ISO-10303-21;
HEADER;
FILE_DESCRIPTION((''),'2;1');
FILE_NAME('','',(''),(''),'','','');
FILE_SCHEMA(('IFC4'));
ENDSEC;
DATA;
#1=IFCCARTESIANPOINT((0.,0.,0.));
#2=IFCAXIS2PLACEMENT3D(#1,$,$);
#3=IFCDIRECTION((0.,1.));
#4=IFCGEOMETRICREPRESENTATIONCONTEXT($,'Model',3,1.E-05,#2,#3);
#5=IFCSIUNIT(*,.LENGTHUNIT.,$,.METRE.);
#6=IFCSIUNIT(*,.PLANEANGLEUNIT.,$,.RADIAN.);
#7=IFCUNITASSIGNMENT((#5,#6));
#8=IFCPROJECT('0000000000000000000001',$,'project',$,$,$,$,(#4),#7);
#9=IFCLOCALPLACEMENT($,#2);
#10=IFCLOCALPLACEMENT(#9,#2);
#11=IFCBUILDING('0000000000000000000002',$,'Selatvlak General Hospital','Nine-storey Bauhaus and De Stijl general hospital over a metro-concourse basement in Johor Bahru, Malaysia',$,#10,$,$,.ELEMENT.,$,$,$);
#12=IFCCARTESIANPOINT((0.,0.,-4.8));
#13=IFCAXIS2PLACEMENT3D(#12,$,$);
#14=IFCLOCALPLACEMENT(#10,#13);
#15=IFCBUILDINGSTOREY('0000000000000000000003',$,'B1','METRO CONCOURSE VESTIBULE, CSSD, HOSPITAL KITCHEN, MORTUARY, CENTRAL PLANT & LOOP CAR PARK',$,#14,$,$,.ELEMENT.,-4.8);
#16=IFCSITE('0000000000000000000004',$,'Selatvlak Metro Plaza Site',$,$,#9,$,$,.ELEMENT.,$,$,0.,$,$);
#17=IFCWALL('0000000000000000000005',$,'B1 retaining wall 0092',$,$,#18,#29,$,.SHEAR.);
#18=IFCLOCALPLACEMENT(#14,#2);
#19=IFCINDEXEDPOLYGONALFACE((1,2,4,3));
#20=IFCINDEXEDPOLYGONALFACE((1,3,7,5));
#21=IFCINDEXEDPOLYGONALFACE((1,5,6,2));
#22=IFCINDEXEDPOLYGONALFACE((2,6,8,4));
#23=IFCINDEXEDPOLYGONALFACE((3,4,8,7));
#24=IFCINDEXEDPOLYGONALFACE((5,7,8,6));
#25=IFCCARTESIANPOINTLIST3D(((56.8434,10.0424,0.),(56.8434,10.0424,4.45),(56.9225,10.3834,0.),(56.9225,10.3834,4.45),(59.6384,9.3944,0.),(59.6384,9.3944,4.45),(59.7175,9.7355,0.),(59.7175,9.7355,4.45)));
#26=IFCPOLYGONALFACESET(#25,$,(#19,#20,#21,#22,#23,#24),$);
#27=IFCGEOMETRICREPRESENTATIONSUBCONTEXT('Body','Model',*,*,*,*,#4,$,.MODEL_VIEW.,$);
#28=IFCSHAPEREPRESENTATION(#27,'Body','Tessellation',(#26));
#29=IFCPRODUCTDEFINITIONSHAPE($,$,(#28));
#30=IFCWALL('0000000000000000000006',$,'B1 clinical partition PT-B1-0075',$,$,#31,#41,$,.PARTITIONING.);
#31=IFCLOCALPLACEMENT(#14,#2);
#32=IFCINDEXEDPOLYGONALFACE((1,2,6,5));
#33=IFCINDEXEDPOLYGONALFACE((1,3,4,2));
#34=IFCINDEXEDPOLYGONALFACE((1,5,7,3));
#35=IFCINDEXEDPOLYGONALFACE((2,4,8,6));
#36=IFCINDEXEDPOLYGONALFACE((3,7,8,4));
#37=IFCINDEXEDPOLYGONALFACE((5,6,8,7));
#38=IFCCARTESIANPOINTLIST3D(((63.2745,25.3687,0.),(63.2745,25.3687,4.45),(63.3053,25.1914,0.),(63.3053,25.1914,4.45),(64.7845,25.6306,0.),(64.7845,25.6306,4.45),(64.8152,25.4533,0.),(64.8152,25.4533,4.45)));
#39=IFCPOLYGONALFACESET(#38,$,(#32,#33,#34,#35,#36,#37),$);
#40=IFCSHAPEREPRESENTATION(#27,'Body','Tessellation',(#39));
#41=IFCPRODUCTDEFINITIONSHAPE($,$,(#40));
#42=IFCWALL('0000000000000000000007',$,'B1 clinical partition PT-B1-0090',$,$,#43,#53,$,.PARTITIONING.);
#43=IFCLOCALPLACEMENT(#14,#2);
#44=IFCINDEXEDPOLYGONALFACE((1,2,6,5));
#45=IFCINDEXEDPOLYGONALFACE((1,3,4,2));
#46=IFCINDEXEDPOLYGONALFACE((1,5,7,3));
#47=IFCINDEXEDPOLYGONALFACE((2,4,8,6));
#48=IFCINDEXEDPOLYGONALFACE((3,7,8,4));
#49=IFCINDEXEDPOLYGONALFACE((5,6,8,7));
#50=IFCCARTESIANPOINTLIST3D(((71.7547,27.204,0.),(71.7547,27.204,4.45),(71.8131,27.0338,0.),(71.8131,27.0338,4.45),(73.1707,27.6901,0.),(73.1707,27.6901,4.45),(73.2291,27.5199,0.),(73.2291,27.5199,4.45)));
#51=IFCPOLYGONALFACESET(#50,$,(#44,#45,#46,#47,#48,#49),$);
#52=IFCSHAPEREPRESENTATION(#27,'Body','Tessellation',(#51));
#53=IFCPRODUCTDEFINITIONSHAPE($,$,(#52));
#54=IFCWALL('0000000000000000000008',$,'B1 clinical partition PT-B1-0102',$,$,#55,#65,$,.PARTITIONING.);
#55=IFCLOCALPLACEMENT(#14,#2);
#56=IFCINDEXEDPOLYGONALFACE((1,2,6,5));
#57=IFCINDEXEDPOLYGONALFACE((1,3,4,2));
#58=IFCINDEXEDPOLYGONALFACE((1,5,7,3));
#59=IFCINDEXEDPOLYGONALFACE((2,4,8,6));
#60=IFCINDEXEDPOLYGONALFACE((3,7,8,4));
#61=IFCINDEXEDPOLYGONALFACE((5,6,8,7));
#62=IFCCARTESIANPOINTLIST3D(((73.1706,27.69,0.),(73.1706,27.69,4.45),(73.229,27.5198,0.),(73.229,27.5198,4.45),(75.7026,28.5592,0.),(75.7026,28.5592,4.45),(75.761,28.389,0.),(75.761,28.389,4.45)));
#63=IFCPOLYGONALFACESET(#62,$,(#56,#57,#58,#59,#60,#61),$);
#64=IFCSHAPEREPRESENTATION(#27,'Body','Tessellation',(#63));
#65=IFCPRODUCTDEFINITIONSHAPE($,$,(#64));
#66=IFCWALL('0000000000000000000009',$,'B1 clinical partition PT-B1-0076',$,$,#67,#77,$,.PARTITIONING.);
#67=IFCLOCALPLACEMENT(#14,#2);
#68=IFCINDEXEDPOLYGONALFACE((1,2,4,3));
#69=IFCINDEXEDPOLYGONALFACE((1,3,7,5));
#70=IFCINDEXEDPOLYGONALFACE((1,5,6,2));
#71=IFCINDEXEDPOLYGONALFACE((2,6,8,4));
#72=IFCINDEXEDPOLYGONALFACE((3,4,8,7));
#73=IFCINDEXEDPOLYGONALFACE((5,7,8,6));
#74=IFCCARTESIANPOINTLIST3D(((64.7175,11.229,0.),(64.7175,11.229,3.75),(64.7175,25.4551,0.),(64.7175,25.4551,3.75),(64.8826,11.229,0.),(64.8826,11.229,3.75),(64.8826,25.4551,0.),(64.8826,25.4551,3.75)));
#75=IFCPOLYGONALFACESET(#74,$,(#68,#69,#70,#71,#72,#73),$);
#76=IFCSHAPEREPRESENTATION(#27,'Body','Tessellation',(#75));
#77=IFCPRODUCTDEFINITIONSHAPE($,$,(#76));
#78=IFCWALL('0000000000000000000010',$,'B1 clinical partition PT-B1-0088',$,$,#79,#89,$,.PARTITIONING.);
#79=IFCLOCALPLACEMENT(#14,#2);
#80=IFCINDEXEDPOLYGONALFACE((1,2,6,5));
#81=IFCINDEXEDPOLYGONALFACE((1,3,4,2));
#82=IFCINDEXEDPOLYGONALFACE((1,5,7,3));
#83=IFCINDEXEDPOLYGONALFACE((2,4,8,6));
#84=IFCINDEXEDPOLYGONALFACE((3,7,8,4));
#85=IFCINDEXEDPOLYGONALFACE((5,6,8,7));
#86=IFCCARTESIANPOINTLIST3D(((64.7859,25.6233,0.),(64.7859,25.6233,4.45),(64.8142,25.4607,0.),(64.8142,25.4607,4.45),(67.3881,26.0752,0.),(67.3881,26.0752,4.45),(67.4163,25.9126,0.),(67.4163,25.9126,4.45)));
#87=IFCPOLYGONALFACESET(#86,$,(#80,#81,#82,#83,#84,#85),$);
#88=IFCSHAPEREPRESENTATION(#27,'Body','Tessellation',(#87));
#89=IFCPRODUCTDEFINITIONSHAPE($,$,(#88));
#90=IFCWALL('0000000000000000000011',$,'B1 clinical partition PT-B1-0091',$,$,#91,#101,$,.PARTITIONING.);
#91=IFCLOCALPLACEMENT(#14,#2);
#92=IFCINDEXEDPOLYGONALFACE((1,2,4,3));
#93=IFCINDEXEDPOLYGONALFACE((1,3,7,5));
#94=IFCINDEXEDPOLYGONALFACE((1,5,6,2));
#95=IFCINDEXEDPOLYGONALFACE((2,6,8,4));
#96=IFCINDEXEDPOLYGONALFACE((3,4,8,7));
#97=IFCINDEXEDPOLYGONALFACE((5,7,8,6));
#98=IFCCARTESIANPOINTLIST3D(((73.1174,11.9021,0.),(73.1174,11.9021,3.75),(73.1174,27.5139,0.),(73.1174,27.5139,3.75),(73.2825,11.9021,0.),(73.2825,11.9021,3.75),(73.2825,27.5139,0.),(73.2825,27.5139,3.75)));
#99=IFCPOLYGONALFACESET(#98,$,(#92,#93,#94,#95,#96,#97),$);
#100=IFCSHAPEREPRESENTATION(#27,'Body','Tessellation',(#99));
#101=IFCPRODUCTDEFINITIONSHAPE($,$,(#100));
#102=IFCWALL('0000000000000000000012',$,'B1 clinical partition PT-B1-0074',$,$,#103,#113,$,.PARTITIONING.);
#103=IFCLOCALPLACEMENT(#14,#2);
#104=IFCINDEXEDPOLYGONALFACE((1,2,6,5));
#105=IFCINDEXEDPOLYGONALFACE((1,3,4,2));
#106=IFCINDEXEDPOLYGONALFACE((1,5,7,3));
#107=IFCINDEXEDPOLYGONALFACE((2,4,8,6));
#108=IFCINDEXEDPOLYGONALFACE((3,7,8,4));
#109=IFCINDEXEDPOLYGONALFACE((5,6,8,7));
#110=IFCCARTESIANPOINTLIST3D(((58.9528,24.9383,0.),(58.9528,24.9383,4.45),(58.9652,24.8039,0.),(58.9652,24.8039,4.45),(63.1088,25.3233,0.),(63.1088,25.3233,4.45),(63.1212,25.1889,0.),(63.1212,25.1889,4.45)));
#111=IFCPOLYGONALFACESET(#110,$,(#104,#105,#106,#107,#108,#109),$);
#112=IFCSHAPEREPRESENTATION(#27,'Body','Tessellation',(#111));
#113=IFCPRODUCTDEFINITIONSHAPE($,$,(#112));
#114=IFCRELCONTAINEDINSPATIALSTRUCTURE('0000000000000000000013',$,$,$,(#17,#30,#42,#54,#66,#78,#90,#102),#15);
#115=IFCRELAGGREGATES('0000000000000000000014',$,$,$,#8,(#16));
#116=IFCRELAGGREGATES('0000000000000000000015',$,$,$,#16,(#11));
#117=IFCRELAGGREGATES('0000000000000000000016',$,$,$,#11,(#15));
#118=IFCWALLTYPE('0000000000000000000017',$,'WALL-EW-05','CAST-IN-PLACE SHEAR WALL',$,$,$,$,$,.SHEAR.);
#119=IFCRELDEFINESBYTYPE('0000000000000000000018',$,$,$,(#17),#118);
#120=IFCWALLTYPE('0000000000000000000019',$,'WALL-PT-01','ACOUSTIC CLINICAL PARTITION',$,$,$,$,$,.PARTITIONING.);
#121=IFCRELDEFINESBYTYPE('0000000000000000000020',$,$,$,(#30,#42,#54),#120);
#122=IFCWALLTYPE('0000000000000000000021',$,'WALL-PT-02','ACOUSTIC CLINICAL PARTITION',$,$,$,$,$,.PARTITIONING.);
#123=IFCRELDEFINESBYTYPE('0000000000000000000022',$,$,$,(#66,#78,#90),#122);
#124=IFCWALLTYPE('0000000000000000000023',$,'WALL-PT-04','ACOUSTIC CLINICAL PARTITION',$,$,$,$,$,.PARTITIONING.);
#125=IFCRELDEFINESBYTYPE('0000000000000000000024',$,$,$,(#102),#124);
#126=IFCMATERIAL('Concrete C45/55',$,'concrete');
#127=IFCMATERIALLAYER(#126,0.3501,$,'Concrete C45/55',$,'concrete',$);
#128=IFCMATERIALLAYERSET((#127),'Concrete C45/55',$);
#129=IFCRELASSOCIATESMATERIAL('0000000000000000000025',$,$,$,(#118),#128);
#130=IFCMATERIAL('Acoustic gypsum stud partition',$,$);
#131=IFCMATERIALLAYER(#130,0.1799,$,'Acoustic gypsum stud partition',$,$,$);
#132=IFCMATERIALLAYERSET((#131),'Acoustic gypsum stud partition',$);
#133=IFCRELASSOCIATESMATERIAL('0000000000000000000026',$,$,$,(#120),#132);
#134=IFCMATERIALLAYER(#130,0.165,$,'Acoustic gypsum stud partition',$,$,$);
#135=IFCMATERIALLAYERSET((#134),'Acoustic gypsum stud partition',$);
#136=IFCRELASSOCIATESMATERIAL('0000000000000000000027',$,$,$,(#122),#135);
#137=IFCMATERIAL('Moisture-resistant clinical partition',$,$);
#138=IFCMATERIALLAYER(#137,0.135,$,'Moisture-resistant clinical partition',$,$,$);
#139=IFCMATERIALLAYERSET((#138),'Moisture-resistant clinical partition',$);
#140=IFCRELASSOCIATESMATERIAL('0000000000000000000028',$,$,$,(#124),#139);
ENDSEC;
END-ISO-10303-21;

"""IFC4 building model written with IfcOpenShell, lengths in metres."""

from ifc_helpers import new_model, si_unit, direction, frame, frame_2d, origin, place, context, subcontext, project, spatial, rectangle, extrude, material, layer, layer_set, type_object, element, save


model = new_model("IFC4")

# Units and contexts
model_context = context("Model", 3, precision=1e-05, world=origin(), true_north=direction((0.0, 1.0)))
body_context = subcontext(model_context, "Body", "Model", "MODEL_VIEW")
ifc_project = project(units=[si_unit("LENGTHUNIT", "METRE"), si_unit("PLANEANGLEUNIT", "RADIAN")], contexts=[model_context])

# Site, building, storey
site_placement = place(None, origin())
site = spatial("IfcSite", under=ifc_project, at=site_placement, Name="Selatvlak Metro Plaza Site", CompositionType="ELEMENT", RefElevation=0.0)
building_placement = place(site_placement, origin())
building = spatial("IfcBuilding", under=site, at=building_placement, Name="Selatvlak General Hospital", Description="Nine-storey Bauhaus and De Stijl general hospital over a metro-concourse basement in Johor Bahru, Malaysia", CompositionType="ELEMENT")
storey_placement = place(building_placement, frame((0.0, 0.0, -4.8)))
storey = spatial("IfcBuildingStorey", under=building, at=storey_placement, Name="B1", Description="METRO CONCOURSE VESTIBULE, CSSD, HOSPITAL KITCHEN, MORTUARY, CENTRAL PLANT & LOOP CAR PARK", CompositionType="ELEMENT", Elevation=-4.8)

# Walls
ifc_material_1 = material(Name="Concrete C45/55", Category="concrete")
ifc_layer_1 = layer(ifc_material_1, 0.3501, Name="Concrete C45/55", Category="concrete")
ifc_layer_set_1 = layer_set([ifc_layer_1], Name="Concrete C45/55")
wall_type_1 = type_object("IfcWallType", Name="WALL-EW-05", Description="CAST-IN-PLACE SHEAR WALL", PredefinedType="SHEAR", material=ifc_layer_set_1)
wall_1_placement = place(storey_placement, frame((59.678, 9.5649, 0.0), z_axis=(0.0, 0.0, 1.0), x_axis=(-0.974164, 0.225841, 0.0)))
element("IfcWall", 1, at=wall_1_placement, inside=storey, type_object=wall_type_1, Name="B1 retaining wall 0092", PredefinedType="SHEAR", context=body_context, shape_type="SweptSolid", body=[
    extrude(rectangle(XDim=2.8691, YDim=0.3501, at=frame_2d((1.4346, 0.0))), origin(), (0.0, 0.0, 1.0), 4.45),
])
ifc_material_2 = material(Name="Acoustic gypsum stud partition")
ifc_layer_2 = layer(ifc_material_2, 0.1799, Name="Acoustic gypsum stud partition")
ifc_layer_set_2 = layer_set([ifc_layer_2], Name="Acoustic gypsum stud partition")
wall_type_2 = type_object("IfcWallType", Name="WALL-PT-01", Description="ACOUSTIC CLINICAL PARTITION", PredefinedType="PARTITIONING", material=ifc_layer_set_2)
wall_2_placement = place(storey_placement, frame((63.29, 25.28, 0.0), z_axis=(0.0, 0.0, 1.0), x_axis=(0.985283, 0.170931, 0.0)))
element("IfcWall", 2, at=wall_2_placement, inside=storey, type_object=wall_type_2, Name="B1 clinical partition PT-B1-0075", PredefinedType="PARTITIONING", context=body_context, shape_type="SweptSolid", body=[
    extrude(rectangle(XDim=1.5325, YDim=0.1799, at=frame_2d((0.7661, 0.0))), origin(), (0.0, 0.0, 1.0), 4.45),
])
wall_3_placement = place(storey_placement, frame((71.7839, 27.1189, 0.0), z_axis=(0.0, 0.0, 1.0), x_axis=(0.945824, 0.324679, 0.0)))
element("IfcWall", 3, at=wall_3_placement, inside=storey, type_object=wall_type_2, Name="B1 clinical partition PT-B1-0090", PredefinedType="PARTITIONING", context=body_context, shape_type="SweptSolid", body=[
    extrude(rectangle(XDim=1.4971, YDim=0.1799, at=frame_2d((0.7485, 0.0))), origin(), (0.0, 0.0, 1.0), 4.45),
])
wall_4_placement = place(storey_placement, frame((73.2, 27.605, 0.0), z_axis=(0.0, 0.0, 1.0), x_axis=(0.945828, 0.324669, 0.0)))
element("IfcWall", 4, at=wall_4_placement, inside=storey, type_object=wall_type_2, Name="B1 clinical partition PT-B1-0102", PredefinedType="PARTITIONING", context=body_context, shape_type="SweptSolid", body=[
    extrude(rectangle(XDim=2.677, YDim=0.1799, at=frame_2d((1.3384, 0.0))), origin(), (0.0, 0.0, 1.0), 4.45),
])
ifc_layer_3 = layer(ifc_material_2, 0.165, Name="Acoustic gypsum stud partition")
ifc_layer_set_3 = layer_set([ifc_layer_3], Name="Acoustic gypsum stud partition")
wall_type_3 = type_object("IfcWallType", Name="WALL-PT-02", Description="ACOUSTIC CLINICAL PARTITION", PredefinedType="PARTITIONING", material=ifc_layer_set_3)
wall_5_placement = place(storey_placement, frame((64.8, 25.4551, 0.0), z_axis=(0.0, 0.0, 1.0), x_axis=(0.0, -1.0, 0.0)))
element("IfcWall", 5, at=wall_5_placement, inside=storey, type_object=wall_type_3, Name="B1 clinical partition PT-B1-0076", PredefinedType="PARTITIONING", context=body_context, shape_type="SweptSolid", body=[
    extrude(rectangle(XDim=14.2261, YDim=0.165, at=frame_2d((7.113, 0.0))), origin(), (0.0, 0.0, 1.0), 3.75),
])
wall_6_placement = place(storey_placement, frame((64.8, 25.542, 0.0), z_axis=(0.0, 0.0, 1.0), x_axis=(0.985252, 0.171111, 0.0)))
element("IfcWall", 6, at=wall_6_placement, inside=storey, type_object=wall_type_3, Name="B1 clinical partition PT-B1-0088", PredefinedType="PARTITIONING", context=body_context, shape_type="SweptSolid", body=[
    extrude(rectangle(XDim=2.6411, YDim=0.165, at=frame_2d((1.3206, 0.0))), origin(), (0.0, 0.0, 1.0), 4.45),
])
wall_7_placement = place(storey_placement, frame((73.2, 27.5139, 0.0), z_axis=(0.0, 0.0, 1.0), x_axis=(0.0, -1.0, 0.0)))
element("IfcWall", 7, at=wall_7_placement, inside=storey, type_object=wall_type_3, Name="B1 clinical partition PT-B1-0091", PredefinedType="PARTITIONING", context=body_context, shape_type="SweptSolid", body=[
    extrude(rectangle(XDim=15.6118, YDim=0.165, at=frame_2d((7.8059, 0.0))), origin(), (0.0, 0.0, 1.0), 3.75),
])
ifc_material_3 = material(Name="Moisture-resistant clinical partition")
ifc_layer_4 = layer(ifc_material_3, 0.135, Name="Moisture-resistant clinical partition")
ifc_layer_set_4 = layer_set([ifc_layer_4], Name="Moisture-resistant clinical partition")
wall_type_4 = type_object("IfcWallType", Name="WALL-PT-04", Description="ACOUSTIC CLINICAL PARTITION", PredefinedType="PARTITIONING", material=ifc_layer_set_4)
wall_8_placement = place(storey_placement, frame((58.959, 24.8711, 0.0), z_axis=(0.0, 0.0, 1.0), x_axis=(0.995736, 0.092244, 0.0)))
element("IfcWall", 8, at=wall_8_placement, inside=storey, type_object=wall_type_4, Name="B1 clinical partition PT-B1-0074", PredefinedType="PARTITIONING", context=body_context, shape_type="SweptSolid", body=[
    extrude(rectangle(XDim=4.1738, YDim=0.135, at=frame_2d((2.0869, 0.0))), origin(), (0.0, 0.0, 1.0), 4.45),
])

save(model, "model.ifc")
